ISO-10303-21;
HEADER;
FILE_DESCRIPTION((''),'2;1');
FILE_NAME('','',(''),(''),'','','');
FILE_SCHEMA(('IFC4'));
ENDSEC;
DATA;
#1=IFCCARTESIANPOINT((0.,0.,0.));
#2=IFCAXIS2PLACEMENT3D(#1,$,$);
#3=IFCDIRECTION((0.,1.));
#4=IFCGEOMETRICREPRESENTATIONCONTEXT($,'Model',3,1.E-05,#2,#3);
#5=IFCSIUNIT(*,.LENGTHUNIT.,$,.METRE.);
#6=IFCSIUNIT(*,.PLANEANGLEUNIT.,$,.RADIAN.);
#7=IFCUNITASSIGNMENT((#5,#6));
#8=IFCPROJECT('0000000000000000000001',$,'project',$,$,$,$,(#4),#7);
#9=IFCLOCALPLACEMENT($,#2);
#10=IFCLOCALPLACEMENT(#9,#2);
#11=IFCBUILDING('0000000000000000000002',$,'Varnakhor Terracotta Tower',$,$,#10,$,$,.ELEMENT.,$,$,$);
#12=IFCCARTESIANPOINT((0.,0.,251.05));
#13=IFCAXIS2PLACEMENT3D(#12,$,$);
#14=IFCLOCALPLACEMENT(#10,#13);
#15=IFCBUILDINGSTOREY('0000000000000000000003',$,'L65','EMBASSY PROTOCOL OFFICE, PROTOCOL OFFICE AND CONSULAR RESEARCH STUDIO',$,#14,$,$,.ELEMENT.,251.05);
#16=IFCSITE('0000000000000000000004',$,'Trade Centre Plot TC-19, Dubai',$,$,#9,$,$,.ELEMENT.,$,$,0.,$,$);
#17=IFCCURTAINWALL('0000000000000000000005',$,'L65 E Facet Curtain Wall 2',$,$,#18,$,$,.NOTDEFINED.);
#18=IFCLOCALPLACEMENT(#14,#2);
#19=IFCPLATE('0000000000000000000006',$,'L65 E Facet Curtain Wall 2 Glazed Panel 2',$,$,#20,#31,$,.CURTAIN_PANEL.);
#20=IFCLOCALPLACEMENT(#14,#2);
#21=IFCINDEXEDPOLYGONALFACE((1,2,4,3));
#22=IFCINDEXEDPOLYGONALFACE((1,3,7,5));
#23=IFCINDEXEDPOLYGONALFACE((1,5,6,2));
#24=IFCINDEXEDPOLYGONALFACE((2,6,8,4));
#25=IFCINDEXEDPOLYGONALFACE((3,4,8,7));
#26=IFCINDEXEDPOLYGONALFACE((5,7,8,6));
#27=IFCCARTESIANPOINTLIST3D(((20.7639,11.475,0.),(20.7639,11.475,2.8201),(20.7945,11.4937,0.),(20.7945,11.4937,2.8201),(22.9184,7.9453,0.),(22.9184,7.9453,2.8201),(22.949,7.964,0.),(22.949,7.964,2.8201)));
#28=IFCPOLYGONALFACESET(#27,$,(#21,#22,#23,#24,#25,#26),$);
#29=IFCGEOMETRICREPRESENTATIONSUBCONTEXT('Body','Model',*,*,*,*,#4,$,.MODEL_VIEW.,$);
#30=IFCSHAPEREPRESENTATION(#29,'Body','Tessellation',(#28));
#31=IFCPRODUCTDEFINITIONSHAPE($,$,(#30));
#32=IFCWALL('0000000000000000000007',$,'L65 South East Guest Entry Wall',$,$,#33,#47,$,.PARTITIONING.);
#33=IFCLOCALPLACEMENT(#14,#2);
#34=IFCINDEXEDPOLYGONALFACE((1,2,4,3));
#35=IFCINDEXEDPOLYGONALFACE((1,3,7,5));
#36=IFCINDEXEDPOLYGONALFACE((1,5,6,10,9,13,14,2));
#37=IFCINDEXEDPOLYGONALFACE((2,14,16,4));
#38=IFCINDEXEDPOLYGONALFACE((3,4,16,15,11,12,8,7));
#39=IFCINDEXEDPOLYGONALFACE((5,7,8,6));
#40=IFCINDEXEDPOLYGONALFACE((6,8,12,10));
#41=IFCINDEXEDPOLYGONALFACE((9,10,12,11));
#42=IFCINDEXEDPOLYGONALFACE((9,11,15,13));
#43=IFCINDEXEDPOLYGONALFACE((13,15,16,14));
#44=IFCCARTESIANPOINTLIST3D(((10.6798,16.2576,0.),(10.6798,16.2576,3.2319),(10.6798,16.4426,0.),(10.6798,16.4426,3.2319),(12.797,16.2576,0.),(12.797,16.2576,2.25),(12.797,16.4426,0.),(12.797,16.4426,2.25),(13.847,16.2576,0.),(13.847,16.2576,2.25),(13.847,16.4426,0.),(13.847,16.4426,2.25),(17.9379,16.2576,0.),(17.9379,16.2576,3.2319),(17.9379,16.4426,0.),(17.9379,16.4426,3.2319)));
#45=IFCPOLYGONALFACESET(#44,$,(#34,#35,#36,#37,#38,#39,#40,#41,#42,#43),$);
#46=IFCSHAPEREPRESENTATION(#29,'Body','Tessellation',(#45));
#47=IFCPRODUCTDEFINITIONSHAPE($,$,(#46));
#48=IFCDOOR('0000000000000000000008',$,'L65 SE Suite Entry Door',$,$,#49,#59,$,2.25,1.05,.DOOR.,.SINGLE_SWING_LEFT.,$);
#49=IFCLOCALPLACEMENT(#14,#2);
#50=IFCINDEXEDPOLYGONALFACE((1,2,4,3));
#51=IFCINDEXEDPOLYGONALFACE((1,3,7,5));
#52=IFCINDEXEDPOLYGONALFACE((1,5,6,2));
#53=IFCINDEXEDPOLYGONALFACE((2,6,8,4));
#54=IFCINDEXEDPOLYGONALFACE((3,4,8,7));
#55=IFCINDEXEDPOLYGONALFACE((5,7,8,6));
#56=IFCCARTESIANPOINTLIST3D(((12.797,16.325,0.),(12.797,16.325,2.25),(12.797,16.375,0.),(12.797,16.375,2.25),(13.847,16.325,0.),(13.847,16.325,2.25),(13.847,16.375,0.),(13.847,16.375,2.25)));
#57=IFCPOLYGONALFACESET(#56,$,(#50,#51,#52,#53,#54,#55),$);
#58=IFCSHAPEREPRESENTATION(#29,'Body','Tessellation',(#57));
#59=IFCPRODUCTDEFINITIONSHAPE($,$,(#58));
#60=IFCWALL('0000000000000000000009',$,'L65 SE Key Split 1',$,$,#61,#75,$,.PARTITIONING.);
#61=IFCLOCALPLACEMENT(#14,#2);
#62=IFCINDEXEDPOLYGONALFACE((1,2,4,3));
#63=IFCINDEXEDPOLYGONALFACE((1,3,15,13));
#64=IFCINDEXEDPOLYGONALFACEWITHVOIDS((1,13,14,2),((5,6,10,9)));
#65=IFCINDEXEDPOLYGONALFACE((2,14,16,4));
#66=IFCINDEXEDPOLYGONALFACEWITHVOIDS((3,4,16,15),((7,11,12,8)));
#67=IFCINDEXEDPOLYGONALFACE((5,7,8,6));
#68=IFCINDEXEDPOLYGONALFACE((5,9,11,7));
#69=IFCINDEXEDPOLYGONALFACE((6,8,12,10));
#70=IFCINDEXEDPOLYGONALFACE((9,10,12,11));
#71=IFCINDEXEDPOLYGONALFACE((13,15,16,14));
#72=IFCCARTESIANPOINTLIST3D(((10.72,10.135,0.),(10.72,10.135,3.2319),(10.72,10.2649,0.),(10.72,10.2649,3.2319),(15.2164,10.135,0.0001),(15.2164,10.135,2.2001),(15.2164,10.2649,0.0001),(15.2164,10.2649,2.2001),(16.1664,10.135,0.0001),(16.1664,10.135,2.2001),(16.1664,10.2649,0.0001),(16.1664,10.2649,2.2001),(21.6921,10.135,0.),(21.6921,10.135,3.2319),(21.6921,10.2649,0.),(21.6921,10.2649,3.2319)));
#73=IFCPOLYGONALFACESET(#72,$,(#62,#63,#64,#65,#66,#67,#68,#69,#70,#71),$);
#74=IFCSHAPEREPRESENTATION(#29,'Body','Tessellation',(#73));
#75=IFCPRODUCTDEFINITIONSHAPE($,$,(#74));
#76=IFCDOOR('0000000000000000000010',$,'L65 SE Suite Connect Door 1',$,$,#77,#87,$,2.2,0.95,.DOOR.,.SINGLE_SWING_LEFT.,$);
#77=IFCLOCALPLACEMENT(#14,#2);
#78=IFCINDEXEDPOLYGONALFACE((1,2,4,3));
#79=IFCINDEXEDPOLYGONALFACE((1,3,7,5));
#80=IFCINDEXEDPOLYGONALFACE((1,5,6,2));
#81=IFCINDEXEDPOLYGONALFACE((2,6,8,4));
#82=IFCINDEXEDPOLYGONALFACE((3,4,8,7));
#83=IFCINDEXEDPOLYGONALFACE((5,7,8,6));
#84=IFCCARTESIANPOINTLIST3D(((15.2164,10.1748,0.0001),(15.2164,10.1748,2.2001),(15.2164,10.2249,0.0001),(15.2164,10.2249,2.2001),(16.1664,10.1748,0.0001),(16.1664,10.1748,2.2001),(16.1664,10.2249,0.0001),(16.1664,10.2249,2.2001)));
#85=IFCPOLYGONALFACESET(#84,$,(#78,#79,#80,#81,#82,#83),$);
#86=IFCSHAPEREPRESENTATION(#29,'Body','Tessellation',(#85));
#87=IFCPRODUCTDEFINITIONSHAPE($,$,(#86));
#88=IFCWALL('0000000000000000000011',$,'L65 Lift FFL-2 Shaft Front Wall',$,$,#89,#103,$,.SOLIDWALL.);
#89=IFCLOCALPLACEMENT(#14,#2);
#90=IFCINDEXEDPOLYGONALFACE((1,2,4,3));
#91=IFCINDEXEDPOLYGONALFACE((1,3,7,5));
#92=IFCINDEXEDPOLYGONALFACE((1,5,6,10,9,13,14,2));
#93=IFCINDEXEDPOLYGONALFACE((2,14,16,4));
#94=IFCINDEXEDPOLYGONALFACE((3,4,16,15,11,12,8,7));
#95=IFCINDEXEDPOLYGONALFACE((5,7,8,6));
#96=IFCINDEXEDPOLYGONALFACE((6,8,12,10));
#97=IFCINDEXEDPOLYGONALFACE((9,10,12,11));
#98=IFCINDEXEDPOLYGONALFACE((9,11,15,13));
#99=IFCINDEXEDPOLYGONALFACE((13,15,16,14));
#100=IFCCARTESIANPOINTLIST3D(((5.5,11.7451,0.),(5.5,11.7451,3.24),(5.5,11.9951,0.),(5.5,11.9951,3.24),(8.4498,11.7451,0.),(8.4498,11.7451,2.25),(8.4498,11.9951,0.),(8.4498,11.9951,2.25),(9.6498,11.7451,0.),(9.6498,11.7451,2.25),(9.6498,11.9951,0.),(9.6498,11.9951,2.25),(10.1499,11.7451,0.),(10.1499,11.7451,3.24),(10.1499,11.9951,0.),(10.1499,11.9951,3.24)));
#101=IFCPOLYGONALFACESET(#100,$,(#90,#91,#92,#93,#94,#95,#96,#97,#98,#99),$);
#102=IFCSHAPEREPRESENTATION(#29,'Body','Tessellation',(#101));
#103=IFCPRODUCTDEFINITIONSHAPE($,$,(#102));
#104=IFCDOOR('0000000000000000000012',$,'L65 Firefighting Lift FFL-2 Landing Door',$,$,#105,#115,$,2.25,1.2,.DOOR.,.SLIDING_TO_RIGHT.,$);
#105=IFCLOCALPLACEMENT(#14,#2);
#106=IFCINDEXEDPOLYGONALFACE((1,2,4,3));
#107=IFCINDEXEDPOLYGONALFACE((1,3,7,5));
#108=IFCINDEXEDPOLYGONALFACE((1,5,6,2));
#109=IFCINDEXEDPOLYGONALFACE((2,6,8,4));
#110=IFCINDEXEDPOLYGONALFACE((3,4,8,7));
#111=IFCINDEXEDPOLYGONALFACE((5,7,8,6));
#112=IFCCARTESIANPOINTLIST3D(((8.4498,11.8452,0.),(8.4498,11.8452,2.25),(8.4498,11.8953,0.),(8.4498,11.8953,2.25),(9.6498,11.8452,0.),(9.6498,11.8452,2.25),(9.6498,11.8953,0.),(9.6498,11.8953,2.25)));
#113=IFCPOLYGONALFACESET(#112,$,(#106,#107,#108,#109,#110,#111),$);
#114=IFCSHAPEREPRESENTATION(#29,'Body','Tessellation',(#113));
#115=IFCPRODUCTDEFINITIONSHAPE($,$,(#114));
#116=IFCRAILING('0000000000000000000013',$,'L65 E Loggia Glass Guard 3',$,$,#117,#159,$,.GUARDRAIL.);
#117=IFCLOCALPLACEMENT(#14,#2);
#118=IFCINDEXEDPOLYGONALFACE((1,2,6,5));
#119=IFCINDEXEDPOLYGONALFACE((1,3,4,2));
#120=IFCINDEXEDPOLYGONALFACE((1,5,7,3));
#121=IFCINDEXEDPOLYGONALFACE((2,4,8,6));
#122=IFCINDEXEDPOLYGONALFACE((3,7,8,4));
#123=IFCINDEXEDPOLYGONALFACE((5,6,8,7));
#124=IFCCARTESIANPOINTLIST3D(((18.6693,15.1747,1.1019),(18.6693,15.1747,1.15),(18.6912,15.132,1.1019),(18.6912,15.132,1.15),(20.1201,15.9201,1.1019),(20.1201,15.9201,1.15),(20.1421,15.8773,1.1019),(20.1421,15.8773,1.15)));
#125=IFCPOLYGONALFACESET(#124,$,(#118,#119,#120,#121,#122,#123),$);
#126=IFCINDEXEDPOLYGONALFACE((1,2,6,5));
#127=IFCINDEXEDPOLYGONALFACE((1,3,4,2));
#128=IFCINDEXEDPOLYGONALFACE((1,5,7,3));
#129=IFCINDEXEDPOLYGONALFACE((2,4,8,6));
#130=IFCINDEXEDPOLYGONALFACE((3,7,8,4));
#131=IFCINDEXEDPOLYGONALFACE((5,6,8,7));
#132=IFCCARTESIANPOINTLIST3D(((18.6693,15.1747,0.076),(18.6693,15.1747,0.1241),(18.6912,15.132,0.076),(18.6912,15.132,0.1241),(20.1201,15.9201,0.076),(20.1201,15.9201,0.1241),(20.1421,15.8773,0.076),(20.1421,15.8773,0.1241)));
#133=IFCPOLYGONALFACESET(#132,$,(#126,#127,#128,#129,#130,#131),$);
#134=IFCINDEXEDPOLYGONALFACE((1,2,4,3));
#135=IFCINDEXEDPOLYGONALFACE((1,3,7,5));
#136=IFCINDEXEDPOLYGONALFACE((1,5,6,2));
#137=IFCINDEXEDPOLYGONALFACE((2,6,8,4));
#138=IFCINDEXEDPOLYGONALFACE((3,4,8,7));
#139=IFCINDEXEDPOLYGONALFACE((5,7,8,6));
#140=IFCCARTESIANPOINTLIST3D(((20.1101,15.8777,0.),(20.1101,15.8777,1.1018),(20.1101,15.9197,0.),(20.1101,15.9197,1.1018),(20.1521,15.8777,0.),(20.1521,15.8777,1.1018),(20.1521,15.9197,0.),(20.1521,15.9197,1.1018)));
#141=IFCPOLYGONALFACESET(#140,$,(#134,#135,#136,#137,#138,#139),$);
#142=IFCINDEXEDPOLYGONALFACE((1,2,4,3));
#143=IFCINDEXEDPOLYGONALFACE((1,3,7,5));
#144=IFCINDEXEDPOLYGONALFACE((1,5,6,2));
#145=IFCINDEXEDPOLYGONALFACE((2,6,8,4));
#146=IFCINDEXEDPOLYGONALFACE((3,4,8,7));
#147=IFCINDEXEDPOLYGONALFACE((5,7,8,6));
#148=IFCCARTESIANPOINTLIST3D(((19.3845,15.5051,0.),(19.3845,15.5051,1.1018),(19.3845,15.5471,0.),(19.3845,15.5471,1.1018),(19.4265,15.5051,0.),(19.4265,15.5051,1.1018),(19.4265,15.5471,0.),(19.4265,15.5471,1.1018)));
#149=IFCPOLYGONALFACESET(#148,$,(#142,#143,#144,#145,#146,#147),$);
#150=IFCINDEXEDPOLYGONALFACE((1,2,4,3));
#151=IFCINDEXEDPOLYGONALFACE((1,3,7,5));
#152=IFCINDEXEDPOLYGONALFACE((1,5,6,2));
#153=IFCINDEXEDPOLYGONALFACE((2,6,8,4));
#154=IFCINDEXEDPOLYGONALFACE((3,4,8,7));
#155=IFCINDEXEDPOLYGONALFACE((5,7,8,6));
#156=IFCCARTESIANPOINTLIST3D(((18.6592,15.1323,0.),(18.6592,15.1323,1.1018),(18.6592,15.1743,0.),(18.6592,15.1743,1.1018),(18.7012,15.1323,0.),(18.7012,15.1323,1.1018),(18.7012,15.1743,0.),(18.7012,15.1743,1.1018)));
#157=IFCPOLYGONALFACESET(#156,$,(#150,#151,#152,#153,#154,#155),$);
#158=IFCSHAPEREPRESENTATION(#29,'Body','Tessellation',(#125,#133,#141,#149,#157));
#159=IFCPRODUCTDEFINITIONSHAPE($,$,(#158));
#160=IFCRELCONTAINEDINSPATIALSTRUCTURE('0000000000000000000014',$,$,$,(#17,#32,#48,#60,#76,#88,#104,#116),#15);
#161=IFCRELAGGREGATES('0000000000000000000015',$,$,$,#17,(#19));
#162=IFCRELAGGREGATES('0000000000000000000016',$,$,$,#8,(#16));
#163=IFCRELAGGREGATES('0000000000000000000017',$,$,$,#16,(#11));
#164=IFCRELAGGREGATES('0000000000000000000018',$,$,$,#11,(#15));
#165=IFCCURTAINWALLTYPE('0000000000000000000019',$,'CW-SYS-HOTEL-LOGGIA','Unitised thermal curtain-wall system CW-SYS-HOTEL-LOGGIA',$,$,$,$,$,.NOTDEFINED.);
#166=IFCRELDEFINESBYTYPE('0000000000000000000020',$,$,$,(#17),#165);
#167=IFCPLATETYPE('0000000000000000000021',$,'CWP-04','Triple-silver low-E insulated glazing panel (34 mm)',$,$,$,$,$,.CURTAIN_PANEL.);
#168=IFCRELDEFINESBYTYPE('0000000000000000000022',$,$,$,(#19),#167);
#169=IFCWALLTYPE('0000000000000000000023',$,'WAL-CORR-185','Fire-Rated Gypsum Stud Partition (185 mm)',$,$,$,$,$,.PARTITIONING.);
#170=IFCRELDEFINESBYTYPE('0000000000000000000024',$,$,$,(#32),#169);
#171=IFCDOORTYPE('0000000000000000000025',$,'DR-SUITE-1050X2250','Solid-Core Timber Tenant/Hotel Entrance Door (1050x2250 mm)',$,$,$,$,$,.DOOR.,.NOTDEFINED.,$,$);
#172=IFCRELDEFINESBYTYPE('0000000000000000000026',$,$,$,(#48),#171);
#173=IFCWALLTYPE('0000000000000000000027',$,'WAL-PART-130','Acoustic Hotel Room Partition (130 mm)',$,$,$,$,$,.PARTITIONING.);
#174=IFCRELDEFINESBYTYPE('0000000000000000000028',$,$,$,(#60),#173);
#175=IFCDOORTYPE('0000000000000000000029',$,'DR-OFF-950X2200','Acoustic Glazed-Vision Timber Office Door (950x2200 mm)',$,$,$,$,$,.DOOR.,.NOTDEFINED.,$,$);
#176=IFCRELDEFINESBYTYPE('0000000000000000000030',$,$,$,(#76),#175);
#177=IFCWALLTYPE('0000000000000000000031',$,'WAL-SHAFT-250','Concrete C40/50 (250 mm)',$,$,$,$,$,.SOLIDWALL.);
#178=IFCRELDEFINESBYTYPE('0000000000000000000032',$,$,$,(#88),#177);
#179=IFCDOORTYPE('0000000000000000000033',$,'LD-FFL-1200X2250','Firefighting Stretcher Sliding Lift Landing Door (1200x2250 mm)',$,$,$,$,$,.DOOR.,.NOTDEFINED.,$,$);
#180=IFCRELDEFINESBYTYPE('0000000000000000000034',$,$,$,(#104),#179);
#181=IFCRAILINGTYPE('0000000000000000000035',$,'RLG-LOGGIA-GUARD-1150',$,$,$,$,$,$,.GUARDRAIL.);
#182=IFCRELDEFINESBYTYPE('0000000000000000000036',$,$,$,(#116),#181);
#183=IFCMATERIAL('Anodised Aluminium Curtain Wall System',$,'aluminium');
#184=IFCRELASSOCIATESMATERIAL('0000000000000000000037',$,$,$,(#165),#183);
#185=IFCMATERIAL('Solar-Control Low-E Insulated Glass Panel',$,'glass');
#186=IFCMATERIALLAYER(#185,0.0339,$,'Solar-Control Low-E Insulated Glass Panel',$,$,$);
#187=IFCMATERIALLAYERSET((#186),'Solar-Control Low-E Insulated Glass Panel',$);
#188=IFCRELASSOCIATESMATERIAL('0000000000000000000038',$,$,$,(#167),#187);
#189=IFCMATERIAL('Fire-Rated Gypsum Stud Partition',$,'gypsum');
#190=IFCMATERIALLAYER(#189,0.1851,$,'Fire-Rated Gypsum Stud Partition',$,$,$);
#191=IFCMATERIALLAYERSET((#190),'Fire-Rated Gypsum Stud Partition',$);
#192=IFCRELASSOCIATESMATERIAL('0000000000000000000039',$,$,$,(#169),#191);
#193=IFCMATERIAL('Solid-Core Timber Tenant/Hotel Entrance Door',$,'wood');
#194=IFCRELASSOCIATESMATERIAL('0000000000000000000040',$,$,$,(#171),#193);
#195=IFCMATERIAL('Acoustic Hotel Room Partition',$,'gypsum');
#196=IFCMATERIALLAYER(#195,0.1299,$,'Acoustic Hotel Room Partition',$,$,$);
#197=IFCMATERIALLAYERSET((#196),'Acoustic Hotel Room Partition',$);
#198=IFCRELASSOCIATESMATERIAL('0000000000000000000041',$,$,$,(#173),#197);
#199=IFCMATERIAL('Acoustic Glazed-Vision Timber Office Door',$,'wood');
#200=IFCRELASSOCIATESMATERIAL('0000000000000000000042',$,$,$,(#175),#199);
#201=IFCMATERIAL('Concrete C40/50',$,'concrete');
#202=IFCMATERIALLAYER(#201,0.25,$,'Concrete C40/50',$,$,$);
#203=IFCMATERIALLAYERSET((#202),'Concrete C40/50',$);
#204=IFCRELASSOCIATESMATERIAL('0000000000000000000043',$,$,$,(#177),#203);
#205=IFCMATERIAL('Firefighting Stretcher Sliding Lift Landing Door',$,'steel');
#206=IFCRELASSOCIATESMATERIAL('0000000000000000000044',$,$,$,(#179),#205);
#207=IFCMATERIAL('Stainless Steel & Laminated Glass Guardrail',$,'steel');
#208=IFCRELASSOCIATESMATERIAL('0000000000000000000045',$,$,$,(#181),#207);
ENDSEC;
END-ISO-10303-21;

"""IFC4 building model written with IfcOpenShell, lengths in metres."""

from ifc_helpers import new_model, si_unit, direction, frame, frame_2d, origin, origin_2d, place, context, subcontext, project, spatial, rectangle, extrude, source, transform, mapped, material, layer, layer_set, type_object, type_shapes, element, fill, aggregate, save


model = new_model("IFC4")

# Units and contexts
model_context = context("Model", 3, precision=1e-05, world=origin(), true_north=direction((0.0, 1.0)))
body_context = subcontext(model_context, "Body", "Model", "MODEL_VIEW")
ifc_project = project(units=[si_unit("LENGTHUNIT", "METRE"), si_unit("PLANEANGLEUNIT", "RADIAN")], contexts=[model_context])

# Site, building, storey
site_placement = place(None, origin())
site = spatial("IfcSite", under=ifc_project, at=site_placement, Name="Trade Centre Plot TC-19, Dubai", CompositionType="ELEMENT", RefElevation=0.0)
building_placement = place(site_placement, origin())
building = spatial("IfcBuilding", under=site, at=building_placement, Name="Varnakhor Terracotta Tower", CompositionType="ELEMENT")
storey_placement = place(building_placement, frame((0.0, 0.0, 251.05)))
storey = spatial("IfcBuildingStorey", under=building, at=storey_placement, Name="L65", Description="EMBASSY PROTOCOL OFFICE, PROTOCOL OFFICE AND CONSULAR RESEARCH STUDIO", CompositionType="ELEMENT", Elevation=251.05)

# Curtain wall
ifc_material_1 = material(Name="Anodised Aluminium Curtain Wall System", Category="aluminium")
curtain_wall_type = type_object("IfcCurtainWallType", Name="CW-SYS-HOTEL-LOGGIA", Description="Unitised thermal curtain-wall system CW-SYS-HOTEL-LOGGIA", PredefinedType="NOTDEFINED", material=ifc_material_1)
curtain_wall_placement = place(storey_placement, origin())
curtain_wall = element("IfcCurtainWall", 1, at=curtain_wall_placement, inside=storey, type_object=curtain_wall_type, Name="L65 E Facet Curtain Wall 2", PredefinedType="NOTDEFINED")

# Plate
ifc_material_2 = material(Name="Solar-Control Low-E Insulated Glass Panel", Category="glass")
ifc_layer_1 = layer(ifc_material_2, 0.0339, Name="Solar-Control Low-E Insulated Glass Panel")
ifc_layer_set_1 = layer_set([ifc_layer_1], Name="Solar-Control Low-E Insulated Glass Panel")
plate_type = type_object("IfcPlateType", Name="CWP-04", Description="Triple-silver low-E insulated glazing panel (34 mm)", PredefinedType="CURTAIN_PANEL", material=ifc_layer_set_1)
shared_shape_1 = source(origin(), body_context, "Body", "SweptSolid", [
    extrude(rectangle(XDim=4.1353, YDim=0.0359, at=origin_2d()), origin(), (0.0, 0.0, 1.0), 2.8201),
])
plate_1_placement = place(storey_placement, frame((21.8564, 9.7195, 0.0), z_axis=(0.0, 0.0, 1.0), x_axis=(0.52101, -0.853551, 0.0)))
plate_1 = element("IfcPlate", 2, at=plate_1_placement, type_object=plate_type, Name="L65 E Facet Curtain Wall 2 Glazed Panel 2", PredefinedType="CURTAIN_PANEL", context=body_context, shape_type="MappedRepresentation", body=[
    mapped(shared_shape_1, transform((0.0, 0.0, 0.0), scale=1.0)),
])
aggregate(curtain_wall, [plate_1])

# Walls, openings, doors
ifc_material_3 = material(Name="Fire-Rated Gypsum Stud Partition", Category="gypsum")
ifc_layer_2 = layer(ifc_material_3, 0.1851, Name="Fire-Rated Gypsum Stud Partition")
ifc_layer_set_2 = layer_set([ifc_layer_2], Name="Fire-Rated Gypsum Stud Partition")
wall_type_1 = type_object("IfcWallType", Name="WAL-CORR-185", Description="Fire-Rated Gypsum Stud Partition (185 mm)", PredefinedType="PARTITIONING", material=ifc_layer_set_2)
wall_1_placement = place(storey_placement, frame((10.6799, 16.3501, 0.0), z_axis=(0.0, 0.0, 1.0), x_axis=(1.0, 0.0, 0.0)))
wall_1 = element("IfcWall", 3, at=wall_1_placement, inside=storey, type_object=wall_type_1, Name="L65 South East Guest Entry Wall", PredefinedType="PARTITIONING", context=body_context, shape_type="SweptSolid", body=[
    extrude(rectangle(XDim=7.2581, YDim=0.1851, at=frame_2d((3.6289, 0.0))), origin(), (0.0, 0.0, 1.0), 3.2319),
])
opening_1_placement = place(wall_1_placement, frame((2.1172, 0.0, 0.0)))
opening_1 = element("IfcOpeningElement", 4, at=opening_1_placement, cuts=wall_1, PredefinedType="OPENING", context=body_context, shape_type="SweptSolid", body=[
    extrude(rectangle(XDim=1.05, YDim=2.25, at=frame_2d((0.5249, 1.125))), frame((0.0, 0.1025, 0.0), z_axis=(0.0, -1.0, 0.0), x_axis=(1.0, 0.0, 0.0)), (0.0, 0.0, 1.0), 0.2051),
])
ifc_material_4 = material(Name="Solid-Core Timber Tenant/Hotel Entrance Door", Category="wood")
door_type_1 = type_object("IfcDoorType", Name="DR-SUITE-1050X2250", Description="Solid-Core Timber Tenant/Hotel Entrance Door (1050x2250 mm)", OperationType="NOTDEFINED", PredefinedType="DOOR", material=ifc_material_4)
shared_shape_2 = source(origin(), body_context, "Body", "SweptSolid", [
    extrude(rectangle(XDim=1.05, YDim=2.25, at=frame_2d((0.5249, 1.125))), frame((0.0, 0.0249, 0.0), z_axis=(0.0, -1.0, 0.0), x_axis=(1.0, 0.0, 0.0)), (0.0, 0.0, 1.0), 0.05),
])
type_shapes(door_type_1, [shared_shape_2])
door_1_placement = place(opening_1_placement, origin())
door_1 = element("IfcDoor", 5, at=door_1_placement, inside=storey, type_object=door_type_1, Name="L65 SE Suite Entry Door", OperationType="SINGLE_SWING_LEFT", OverallHeight=2.25, OverallWidth=1.05, PredefinedType="DOOR", context=body_context, shape_type="MappedRepresentation", body=[
    mapped(shared_shape_2, transform((0.0, 0.0, 0.0), scale=1.0)),
])
fill(opening_1, door_1)
ifc_material_5 = material(Name="Acoustic Hotel Room Partition", Category="gypsum")
ifc_layer_3 = layer(ifc_material_5, 0.1299, Name="Acoustic Hotel Room Partition")
ifc_layer_set_3 = layer_set([ifc_layer_3], Name="Acoustic Hotel Room Partition")
wall_type_2 = type_object("IfcWallType", Name="WAL-PART-130", Description="Acoustic Hotel Room Partition (130 mm)", PredefinedType="PARTITIONING", material=ifc_layer_set_3)
wall_2_placement = place(storey_placement, frame((10.72, 10.2, 0.0), z_axis=(0.0, 0.0, 1.0), x_axis=(1.0, 0.0, 0.0)))
wall_2 = element("IfcWall", 6, at=wall_2_placement, inside=storey, type_object=wall_type_2, Name="L65 SE Key Split 1", PredefinedType="PARTITIONING", context=body_context, shape_type="SweptSolid", body=[
    extrude(rectangle(XDim=10.9722, YDim=0.1299, at=frame_2d((5.4861, 0.0))), origin(), (0.0, 0.0, 1.0), 3.2319),
])
opening_2_placement = place(wall_2_placement, frame((4.4963, 0.0, 0.0)))
opening_2 = element("IfcOpeningElement", 7, at=opening_2_placement, cuts=wall_2, PredefinedType="OPENING", context=body_context, shape_type="SweptSolid", body=[
    extrude(rectangle(XDim=0.95, YDim=2.2, at=frame_2d((0.4751, 1.1001))), frame((0.0, 0.075, 0.0), z_axis=(0.0, -1.0, 0.0), x_axis=(1.0, 0.0, 0.0)), (0.0, 0.0, 1.0), 0.1499),
])
ifc_material_6 = material(Name="Acoustic Glazed-Vision Timber Office Door", Category="wood")
door_type_2 = type_object("IfcDoorType", Name="DR-OFF-950X2200", Description="Acoustic Glazed-Vision Timber Office Door (950x2200 mm)", OperationType="NOTDEFINED", PredefinedType="DOOR", material=ifc_material_6)
shared_shape_3 = source(origin(), body_context, "Body", "SweptSolid", [
    extrude(rectangle(XDim=0.95, YDim=2.2, at=frame_2d((0.4751, 1.1001))), frame((0.0, 0.0249, 0.0), z_axis=(0.0, -1.0, 0.0), x_axis=(1.0, 0.0, 0.0)), (0.0, 0.0, 1.0), 0.05),
])
type_shapes(door_type_2, [shared_shape_3])
door_2_placement = place(opening_2_placement, origin())
door_2 = element("IfcDoor", 8, at=door_2_placement, inside=storey, type_object=door_type_2, Name="L65 SE Suite Connect Door 1", OperationType="SINGLE_SWING_LEFT", OverallHeight=2.2, OverallWidth=0.95, PredefinedType="DOOR", context=body_context, shape_type="MappedRepresentation", body=[
    mapped(shared_shape_3, transform((0.0, 0.0, 0.0), scale=1.0)),
])
fill(opening_2, door_2)
ifc_material_7 = material(Name="Concrete C40/50", Category="concrete")
ifc_layer_4 = layer(ifc_material_7, 0.25, Name="Concrete C40/50")
ifc_layer_set_4 = layer_set([ifc_layer_4], Name="Concrete C40/50")
wall_type_3 = type_object("IfcWallType", Name="WAL-SHAFT-250", Description="Concrete C40/50 (250 mm)", PredefinedType="SOLIDWALL", material=ifc_layer_set_4)
wall_3_placement = place(storey_placement, frame((10.1499, 11.8701, 0.0), z_axis=(0.0, 0.0, 1.0), x_axis=(-1.0, 0.0, 0.0)))
wall_3 = element("IfcWall", 9, at=wall_3_placement, inside=storey, type_object=wall_type_3, Name="L65 Lift FFL-2 Shaft Front Wall", PredefinedType="SOLIDWALL", context=body_context, shape_type="SweptSolid", body=[
    extrude(rectangle(XDim=4.6499, YDim=0.25, at=frame_2d((2.325, 0.0))), origin(), (0.0, 0.0, 1.0), 3.24),
])
opening_3_placement = place(wall_3_placement, frame((0.5, 0.0, 0.0)))
opening_3 = element("IfcOpeningElement", 10, at=opening_3_placement, cuts=wall_3, PredefinedType="OPENING", context=body_context, shape_type="SweptSolid", body=[
    extrude(rectangle(XDim=1.2, YDim=2.25, at=frame_2d((0.6001, 1.125))), frame((0.0, 0.135, 0.0), z_axis=(0.0, -1.0, 0.0), x_axis=(1.0, 0.0, 0.0)), (0.0, 0.0, 1.0), 0.27),
])
ifc_material_8 = material(Name="Firefighting Stretcher Sliding Lift Landing Door", Category="steel")
door_type_3 = type_object("IfcDoorType", Name="LD-FFL-1200X2250", Description="Firefighting Stretcher Sliding Lift Landing Door (1200x2250 mm)", OperationType="NOTDEFINED", PredefinedType="DOOR", material=ifc_material_8)
shared_shape_4 = source(origin(), body_context, "Body", "SweptSolid", [
    extrude(rectangle(XDim=1.2, YDim=2.25, at=frame_2d((0.6001, 1.125))), frame((0.0, 0.0249, 0.0), z_axis=(0.0, -1.0, 0.0), x_axis=(1.0, 0.0, 0.0)), (0.0, 0.0, 1.0), 0.05),
])
type_shapes(door_type_3, [shared_shape_4])
door_3_placement = place(opening_3_placement, origin())
door_3 = element("IfcDoor", 11, at=door_3_placement, inside=storey, type_object=door_type_3, Name="L65 Firefighting Lift FFL-2 Landing Door", OperationType="SLIDING_TO_RIGHT", OverallHeight=2.25, OverallWidth=1.2, PredefinedType="DOOR", context=body_context, shape_type="MappedRepresentation", body=[
    mapped(shared_shape_4, transform((0.0, 0.0, 0.0), scale=1.0)),
])
fill(opening_3, door_3)

# Railing
ifc_material_9 = material(Name="Stainless Steel & Laminated Glass Guardrail", Category="steel")
railing_type = type_object("IfcRailingType", Name="RLG-LOGGIA-GUARD-1150", PredefinedType="GUARDRAIL", material=ifc_material_9)
railing_placement = place(storey_placement, frame((20.1311, 15.8987, 0.0)))
element("IfcRailing", 12, at=railing_placement, inside=storey, type_object=railing_type, Name="L65 E Loggia Glass Guard 3", PredefinedType="GUARDRAIL", context=body_context, shape_type="SweptSolid", body=[
    extrude(rectangle(XDim=0.0481, YDim=0.0481, at=origin_2d()), frame((0.0, 0.0, 1.126), z_axis=(-0.889495, -0.456946, 0.0), x_axis=(0.456946, -0.889495, 0.0)), (0.0, 0.0, 1.0), 1.6311),
    extrude(rectangle(XDim=0.0481, YDim=0.0481, at=origin_2d()), frame((0.0, 0.0, 0.1001), z_axis=(-0.889495, -0.456946, 0.0), x_axis=(0.456946, -0.889495, 0.0)), (0.0, 0.0, 1.0), 1.6311),
    extrude(rectangle(XDim=0.042, YDim=0.042, at=origin_2d()), origin(), (0.0, 0.0, 1.0), 1.1018),
    extrude(rectangle(XDim=0.042, YDim=0.042, at=origin_2d()), frame((-0.7256, -0.3726, 0.0)), (0.0, 0.0, 1.0), 1.1018),
    extrude(rectangle(XDim=0.042, YDim=0.042, at=origin_2d()), frame((-1.4509, -0.7454, 0.0)), (0.0, 0.0, 1.0), 1.1018),
])

save(model, "model.ifc")
